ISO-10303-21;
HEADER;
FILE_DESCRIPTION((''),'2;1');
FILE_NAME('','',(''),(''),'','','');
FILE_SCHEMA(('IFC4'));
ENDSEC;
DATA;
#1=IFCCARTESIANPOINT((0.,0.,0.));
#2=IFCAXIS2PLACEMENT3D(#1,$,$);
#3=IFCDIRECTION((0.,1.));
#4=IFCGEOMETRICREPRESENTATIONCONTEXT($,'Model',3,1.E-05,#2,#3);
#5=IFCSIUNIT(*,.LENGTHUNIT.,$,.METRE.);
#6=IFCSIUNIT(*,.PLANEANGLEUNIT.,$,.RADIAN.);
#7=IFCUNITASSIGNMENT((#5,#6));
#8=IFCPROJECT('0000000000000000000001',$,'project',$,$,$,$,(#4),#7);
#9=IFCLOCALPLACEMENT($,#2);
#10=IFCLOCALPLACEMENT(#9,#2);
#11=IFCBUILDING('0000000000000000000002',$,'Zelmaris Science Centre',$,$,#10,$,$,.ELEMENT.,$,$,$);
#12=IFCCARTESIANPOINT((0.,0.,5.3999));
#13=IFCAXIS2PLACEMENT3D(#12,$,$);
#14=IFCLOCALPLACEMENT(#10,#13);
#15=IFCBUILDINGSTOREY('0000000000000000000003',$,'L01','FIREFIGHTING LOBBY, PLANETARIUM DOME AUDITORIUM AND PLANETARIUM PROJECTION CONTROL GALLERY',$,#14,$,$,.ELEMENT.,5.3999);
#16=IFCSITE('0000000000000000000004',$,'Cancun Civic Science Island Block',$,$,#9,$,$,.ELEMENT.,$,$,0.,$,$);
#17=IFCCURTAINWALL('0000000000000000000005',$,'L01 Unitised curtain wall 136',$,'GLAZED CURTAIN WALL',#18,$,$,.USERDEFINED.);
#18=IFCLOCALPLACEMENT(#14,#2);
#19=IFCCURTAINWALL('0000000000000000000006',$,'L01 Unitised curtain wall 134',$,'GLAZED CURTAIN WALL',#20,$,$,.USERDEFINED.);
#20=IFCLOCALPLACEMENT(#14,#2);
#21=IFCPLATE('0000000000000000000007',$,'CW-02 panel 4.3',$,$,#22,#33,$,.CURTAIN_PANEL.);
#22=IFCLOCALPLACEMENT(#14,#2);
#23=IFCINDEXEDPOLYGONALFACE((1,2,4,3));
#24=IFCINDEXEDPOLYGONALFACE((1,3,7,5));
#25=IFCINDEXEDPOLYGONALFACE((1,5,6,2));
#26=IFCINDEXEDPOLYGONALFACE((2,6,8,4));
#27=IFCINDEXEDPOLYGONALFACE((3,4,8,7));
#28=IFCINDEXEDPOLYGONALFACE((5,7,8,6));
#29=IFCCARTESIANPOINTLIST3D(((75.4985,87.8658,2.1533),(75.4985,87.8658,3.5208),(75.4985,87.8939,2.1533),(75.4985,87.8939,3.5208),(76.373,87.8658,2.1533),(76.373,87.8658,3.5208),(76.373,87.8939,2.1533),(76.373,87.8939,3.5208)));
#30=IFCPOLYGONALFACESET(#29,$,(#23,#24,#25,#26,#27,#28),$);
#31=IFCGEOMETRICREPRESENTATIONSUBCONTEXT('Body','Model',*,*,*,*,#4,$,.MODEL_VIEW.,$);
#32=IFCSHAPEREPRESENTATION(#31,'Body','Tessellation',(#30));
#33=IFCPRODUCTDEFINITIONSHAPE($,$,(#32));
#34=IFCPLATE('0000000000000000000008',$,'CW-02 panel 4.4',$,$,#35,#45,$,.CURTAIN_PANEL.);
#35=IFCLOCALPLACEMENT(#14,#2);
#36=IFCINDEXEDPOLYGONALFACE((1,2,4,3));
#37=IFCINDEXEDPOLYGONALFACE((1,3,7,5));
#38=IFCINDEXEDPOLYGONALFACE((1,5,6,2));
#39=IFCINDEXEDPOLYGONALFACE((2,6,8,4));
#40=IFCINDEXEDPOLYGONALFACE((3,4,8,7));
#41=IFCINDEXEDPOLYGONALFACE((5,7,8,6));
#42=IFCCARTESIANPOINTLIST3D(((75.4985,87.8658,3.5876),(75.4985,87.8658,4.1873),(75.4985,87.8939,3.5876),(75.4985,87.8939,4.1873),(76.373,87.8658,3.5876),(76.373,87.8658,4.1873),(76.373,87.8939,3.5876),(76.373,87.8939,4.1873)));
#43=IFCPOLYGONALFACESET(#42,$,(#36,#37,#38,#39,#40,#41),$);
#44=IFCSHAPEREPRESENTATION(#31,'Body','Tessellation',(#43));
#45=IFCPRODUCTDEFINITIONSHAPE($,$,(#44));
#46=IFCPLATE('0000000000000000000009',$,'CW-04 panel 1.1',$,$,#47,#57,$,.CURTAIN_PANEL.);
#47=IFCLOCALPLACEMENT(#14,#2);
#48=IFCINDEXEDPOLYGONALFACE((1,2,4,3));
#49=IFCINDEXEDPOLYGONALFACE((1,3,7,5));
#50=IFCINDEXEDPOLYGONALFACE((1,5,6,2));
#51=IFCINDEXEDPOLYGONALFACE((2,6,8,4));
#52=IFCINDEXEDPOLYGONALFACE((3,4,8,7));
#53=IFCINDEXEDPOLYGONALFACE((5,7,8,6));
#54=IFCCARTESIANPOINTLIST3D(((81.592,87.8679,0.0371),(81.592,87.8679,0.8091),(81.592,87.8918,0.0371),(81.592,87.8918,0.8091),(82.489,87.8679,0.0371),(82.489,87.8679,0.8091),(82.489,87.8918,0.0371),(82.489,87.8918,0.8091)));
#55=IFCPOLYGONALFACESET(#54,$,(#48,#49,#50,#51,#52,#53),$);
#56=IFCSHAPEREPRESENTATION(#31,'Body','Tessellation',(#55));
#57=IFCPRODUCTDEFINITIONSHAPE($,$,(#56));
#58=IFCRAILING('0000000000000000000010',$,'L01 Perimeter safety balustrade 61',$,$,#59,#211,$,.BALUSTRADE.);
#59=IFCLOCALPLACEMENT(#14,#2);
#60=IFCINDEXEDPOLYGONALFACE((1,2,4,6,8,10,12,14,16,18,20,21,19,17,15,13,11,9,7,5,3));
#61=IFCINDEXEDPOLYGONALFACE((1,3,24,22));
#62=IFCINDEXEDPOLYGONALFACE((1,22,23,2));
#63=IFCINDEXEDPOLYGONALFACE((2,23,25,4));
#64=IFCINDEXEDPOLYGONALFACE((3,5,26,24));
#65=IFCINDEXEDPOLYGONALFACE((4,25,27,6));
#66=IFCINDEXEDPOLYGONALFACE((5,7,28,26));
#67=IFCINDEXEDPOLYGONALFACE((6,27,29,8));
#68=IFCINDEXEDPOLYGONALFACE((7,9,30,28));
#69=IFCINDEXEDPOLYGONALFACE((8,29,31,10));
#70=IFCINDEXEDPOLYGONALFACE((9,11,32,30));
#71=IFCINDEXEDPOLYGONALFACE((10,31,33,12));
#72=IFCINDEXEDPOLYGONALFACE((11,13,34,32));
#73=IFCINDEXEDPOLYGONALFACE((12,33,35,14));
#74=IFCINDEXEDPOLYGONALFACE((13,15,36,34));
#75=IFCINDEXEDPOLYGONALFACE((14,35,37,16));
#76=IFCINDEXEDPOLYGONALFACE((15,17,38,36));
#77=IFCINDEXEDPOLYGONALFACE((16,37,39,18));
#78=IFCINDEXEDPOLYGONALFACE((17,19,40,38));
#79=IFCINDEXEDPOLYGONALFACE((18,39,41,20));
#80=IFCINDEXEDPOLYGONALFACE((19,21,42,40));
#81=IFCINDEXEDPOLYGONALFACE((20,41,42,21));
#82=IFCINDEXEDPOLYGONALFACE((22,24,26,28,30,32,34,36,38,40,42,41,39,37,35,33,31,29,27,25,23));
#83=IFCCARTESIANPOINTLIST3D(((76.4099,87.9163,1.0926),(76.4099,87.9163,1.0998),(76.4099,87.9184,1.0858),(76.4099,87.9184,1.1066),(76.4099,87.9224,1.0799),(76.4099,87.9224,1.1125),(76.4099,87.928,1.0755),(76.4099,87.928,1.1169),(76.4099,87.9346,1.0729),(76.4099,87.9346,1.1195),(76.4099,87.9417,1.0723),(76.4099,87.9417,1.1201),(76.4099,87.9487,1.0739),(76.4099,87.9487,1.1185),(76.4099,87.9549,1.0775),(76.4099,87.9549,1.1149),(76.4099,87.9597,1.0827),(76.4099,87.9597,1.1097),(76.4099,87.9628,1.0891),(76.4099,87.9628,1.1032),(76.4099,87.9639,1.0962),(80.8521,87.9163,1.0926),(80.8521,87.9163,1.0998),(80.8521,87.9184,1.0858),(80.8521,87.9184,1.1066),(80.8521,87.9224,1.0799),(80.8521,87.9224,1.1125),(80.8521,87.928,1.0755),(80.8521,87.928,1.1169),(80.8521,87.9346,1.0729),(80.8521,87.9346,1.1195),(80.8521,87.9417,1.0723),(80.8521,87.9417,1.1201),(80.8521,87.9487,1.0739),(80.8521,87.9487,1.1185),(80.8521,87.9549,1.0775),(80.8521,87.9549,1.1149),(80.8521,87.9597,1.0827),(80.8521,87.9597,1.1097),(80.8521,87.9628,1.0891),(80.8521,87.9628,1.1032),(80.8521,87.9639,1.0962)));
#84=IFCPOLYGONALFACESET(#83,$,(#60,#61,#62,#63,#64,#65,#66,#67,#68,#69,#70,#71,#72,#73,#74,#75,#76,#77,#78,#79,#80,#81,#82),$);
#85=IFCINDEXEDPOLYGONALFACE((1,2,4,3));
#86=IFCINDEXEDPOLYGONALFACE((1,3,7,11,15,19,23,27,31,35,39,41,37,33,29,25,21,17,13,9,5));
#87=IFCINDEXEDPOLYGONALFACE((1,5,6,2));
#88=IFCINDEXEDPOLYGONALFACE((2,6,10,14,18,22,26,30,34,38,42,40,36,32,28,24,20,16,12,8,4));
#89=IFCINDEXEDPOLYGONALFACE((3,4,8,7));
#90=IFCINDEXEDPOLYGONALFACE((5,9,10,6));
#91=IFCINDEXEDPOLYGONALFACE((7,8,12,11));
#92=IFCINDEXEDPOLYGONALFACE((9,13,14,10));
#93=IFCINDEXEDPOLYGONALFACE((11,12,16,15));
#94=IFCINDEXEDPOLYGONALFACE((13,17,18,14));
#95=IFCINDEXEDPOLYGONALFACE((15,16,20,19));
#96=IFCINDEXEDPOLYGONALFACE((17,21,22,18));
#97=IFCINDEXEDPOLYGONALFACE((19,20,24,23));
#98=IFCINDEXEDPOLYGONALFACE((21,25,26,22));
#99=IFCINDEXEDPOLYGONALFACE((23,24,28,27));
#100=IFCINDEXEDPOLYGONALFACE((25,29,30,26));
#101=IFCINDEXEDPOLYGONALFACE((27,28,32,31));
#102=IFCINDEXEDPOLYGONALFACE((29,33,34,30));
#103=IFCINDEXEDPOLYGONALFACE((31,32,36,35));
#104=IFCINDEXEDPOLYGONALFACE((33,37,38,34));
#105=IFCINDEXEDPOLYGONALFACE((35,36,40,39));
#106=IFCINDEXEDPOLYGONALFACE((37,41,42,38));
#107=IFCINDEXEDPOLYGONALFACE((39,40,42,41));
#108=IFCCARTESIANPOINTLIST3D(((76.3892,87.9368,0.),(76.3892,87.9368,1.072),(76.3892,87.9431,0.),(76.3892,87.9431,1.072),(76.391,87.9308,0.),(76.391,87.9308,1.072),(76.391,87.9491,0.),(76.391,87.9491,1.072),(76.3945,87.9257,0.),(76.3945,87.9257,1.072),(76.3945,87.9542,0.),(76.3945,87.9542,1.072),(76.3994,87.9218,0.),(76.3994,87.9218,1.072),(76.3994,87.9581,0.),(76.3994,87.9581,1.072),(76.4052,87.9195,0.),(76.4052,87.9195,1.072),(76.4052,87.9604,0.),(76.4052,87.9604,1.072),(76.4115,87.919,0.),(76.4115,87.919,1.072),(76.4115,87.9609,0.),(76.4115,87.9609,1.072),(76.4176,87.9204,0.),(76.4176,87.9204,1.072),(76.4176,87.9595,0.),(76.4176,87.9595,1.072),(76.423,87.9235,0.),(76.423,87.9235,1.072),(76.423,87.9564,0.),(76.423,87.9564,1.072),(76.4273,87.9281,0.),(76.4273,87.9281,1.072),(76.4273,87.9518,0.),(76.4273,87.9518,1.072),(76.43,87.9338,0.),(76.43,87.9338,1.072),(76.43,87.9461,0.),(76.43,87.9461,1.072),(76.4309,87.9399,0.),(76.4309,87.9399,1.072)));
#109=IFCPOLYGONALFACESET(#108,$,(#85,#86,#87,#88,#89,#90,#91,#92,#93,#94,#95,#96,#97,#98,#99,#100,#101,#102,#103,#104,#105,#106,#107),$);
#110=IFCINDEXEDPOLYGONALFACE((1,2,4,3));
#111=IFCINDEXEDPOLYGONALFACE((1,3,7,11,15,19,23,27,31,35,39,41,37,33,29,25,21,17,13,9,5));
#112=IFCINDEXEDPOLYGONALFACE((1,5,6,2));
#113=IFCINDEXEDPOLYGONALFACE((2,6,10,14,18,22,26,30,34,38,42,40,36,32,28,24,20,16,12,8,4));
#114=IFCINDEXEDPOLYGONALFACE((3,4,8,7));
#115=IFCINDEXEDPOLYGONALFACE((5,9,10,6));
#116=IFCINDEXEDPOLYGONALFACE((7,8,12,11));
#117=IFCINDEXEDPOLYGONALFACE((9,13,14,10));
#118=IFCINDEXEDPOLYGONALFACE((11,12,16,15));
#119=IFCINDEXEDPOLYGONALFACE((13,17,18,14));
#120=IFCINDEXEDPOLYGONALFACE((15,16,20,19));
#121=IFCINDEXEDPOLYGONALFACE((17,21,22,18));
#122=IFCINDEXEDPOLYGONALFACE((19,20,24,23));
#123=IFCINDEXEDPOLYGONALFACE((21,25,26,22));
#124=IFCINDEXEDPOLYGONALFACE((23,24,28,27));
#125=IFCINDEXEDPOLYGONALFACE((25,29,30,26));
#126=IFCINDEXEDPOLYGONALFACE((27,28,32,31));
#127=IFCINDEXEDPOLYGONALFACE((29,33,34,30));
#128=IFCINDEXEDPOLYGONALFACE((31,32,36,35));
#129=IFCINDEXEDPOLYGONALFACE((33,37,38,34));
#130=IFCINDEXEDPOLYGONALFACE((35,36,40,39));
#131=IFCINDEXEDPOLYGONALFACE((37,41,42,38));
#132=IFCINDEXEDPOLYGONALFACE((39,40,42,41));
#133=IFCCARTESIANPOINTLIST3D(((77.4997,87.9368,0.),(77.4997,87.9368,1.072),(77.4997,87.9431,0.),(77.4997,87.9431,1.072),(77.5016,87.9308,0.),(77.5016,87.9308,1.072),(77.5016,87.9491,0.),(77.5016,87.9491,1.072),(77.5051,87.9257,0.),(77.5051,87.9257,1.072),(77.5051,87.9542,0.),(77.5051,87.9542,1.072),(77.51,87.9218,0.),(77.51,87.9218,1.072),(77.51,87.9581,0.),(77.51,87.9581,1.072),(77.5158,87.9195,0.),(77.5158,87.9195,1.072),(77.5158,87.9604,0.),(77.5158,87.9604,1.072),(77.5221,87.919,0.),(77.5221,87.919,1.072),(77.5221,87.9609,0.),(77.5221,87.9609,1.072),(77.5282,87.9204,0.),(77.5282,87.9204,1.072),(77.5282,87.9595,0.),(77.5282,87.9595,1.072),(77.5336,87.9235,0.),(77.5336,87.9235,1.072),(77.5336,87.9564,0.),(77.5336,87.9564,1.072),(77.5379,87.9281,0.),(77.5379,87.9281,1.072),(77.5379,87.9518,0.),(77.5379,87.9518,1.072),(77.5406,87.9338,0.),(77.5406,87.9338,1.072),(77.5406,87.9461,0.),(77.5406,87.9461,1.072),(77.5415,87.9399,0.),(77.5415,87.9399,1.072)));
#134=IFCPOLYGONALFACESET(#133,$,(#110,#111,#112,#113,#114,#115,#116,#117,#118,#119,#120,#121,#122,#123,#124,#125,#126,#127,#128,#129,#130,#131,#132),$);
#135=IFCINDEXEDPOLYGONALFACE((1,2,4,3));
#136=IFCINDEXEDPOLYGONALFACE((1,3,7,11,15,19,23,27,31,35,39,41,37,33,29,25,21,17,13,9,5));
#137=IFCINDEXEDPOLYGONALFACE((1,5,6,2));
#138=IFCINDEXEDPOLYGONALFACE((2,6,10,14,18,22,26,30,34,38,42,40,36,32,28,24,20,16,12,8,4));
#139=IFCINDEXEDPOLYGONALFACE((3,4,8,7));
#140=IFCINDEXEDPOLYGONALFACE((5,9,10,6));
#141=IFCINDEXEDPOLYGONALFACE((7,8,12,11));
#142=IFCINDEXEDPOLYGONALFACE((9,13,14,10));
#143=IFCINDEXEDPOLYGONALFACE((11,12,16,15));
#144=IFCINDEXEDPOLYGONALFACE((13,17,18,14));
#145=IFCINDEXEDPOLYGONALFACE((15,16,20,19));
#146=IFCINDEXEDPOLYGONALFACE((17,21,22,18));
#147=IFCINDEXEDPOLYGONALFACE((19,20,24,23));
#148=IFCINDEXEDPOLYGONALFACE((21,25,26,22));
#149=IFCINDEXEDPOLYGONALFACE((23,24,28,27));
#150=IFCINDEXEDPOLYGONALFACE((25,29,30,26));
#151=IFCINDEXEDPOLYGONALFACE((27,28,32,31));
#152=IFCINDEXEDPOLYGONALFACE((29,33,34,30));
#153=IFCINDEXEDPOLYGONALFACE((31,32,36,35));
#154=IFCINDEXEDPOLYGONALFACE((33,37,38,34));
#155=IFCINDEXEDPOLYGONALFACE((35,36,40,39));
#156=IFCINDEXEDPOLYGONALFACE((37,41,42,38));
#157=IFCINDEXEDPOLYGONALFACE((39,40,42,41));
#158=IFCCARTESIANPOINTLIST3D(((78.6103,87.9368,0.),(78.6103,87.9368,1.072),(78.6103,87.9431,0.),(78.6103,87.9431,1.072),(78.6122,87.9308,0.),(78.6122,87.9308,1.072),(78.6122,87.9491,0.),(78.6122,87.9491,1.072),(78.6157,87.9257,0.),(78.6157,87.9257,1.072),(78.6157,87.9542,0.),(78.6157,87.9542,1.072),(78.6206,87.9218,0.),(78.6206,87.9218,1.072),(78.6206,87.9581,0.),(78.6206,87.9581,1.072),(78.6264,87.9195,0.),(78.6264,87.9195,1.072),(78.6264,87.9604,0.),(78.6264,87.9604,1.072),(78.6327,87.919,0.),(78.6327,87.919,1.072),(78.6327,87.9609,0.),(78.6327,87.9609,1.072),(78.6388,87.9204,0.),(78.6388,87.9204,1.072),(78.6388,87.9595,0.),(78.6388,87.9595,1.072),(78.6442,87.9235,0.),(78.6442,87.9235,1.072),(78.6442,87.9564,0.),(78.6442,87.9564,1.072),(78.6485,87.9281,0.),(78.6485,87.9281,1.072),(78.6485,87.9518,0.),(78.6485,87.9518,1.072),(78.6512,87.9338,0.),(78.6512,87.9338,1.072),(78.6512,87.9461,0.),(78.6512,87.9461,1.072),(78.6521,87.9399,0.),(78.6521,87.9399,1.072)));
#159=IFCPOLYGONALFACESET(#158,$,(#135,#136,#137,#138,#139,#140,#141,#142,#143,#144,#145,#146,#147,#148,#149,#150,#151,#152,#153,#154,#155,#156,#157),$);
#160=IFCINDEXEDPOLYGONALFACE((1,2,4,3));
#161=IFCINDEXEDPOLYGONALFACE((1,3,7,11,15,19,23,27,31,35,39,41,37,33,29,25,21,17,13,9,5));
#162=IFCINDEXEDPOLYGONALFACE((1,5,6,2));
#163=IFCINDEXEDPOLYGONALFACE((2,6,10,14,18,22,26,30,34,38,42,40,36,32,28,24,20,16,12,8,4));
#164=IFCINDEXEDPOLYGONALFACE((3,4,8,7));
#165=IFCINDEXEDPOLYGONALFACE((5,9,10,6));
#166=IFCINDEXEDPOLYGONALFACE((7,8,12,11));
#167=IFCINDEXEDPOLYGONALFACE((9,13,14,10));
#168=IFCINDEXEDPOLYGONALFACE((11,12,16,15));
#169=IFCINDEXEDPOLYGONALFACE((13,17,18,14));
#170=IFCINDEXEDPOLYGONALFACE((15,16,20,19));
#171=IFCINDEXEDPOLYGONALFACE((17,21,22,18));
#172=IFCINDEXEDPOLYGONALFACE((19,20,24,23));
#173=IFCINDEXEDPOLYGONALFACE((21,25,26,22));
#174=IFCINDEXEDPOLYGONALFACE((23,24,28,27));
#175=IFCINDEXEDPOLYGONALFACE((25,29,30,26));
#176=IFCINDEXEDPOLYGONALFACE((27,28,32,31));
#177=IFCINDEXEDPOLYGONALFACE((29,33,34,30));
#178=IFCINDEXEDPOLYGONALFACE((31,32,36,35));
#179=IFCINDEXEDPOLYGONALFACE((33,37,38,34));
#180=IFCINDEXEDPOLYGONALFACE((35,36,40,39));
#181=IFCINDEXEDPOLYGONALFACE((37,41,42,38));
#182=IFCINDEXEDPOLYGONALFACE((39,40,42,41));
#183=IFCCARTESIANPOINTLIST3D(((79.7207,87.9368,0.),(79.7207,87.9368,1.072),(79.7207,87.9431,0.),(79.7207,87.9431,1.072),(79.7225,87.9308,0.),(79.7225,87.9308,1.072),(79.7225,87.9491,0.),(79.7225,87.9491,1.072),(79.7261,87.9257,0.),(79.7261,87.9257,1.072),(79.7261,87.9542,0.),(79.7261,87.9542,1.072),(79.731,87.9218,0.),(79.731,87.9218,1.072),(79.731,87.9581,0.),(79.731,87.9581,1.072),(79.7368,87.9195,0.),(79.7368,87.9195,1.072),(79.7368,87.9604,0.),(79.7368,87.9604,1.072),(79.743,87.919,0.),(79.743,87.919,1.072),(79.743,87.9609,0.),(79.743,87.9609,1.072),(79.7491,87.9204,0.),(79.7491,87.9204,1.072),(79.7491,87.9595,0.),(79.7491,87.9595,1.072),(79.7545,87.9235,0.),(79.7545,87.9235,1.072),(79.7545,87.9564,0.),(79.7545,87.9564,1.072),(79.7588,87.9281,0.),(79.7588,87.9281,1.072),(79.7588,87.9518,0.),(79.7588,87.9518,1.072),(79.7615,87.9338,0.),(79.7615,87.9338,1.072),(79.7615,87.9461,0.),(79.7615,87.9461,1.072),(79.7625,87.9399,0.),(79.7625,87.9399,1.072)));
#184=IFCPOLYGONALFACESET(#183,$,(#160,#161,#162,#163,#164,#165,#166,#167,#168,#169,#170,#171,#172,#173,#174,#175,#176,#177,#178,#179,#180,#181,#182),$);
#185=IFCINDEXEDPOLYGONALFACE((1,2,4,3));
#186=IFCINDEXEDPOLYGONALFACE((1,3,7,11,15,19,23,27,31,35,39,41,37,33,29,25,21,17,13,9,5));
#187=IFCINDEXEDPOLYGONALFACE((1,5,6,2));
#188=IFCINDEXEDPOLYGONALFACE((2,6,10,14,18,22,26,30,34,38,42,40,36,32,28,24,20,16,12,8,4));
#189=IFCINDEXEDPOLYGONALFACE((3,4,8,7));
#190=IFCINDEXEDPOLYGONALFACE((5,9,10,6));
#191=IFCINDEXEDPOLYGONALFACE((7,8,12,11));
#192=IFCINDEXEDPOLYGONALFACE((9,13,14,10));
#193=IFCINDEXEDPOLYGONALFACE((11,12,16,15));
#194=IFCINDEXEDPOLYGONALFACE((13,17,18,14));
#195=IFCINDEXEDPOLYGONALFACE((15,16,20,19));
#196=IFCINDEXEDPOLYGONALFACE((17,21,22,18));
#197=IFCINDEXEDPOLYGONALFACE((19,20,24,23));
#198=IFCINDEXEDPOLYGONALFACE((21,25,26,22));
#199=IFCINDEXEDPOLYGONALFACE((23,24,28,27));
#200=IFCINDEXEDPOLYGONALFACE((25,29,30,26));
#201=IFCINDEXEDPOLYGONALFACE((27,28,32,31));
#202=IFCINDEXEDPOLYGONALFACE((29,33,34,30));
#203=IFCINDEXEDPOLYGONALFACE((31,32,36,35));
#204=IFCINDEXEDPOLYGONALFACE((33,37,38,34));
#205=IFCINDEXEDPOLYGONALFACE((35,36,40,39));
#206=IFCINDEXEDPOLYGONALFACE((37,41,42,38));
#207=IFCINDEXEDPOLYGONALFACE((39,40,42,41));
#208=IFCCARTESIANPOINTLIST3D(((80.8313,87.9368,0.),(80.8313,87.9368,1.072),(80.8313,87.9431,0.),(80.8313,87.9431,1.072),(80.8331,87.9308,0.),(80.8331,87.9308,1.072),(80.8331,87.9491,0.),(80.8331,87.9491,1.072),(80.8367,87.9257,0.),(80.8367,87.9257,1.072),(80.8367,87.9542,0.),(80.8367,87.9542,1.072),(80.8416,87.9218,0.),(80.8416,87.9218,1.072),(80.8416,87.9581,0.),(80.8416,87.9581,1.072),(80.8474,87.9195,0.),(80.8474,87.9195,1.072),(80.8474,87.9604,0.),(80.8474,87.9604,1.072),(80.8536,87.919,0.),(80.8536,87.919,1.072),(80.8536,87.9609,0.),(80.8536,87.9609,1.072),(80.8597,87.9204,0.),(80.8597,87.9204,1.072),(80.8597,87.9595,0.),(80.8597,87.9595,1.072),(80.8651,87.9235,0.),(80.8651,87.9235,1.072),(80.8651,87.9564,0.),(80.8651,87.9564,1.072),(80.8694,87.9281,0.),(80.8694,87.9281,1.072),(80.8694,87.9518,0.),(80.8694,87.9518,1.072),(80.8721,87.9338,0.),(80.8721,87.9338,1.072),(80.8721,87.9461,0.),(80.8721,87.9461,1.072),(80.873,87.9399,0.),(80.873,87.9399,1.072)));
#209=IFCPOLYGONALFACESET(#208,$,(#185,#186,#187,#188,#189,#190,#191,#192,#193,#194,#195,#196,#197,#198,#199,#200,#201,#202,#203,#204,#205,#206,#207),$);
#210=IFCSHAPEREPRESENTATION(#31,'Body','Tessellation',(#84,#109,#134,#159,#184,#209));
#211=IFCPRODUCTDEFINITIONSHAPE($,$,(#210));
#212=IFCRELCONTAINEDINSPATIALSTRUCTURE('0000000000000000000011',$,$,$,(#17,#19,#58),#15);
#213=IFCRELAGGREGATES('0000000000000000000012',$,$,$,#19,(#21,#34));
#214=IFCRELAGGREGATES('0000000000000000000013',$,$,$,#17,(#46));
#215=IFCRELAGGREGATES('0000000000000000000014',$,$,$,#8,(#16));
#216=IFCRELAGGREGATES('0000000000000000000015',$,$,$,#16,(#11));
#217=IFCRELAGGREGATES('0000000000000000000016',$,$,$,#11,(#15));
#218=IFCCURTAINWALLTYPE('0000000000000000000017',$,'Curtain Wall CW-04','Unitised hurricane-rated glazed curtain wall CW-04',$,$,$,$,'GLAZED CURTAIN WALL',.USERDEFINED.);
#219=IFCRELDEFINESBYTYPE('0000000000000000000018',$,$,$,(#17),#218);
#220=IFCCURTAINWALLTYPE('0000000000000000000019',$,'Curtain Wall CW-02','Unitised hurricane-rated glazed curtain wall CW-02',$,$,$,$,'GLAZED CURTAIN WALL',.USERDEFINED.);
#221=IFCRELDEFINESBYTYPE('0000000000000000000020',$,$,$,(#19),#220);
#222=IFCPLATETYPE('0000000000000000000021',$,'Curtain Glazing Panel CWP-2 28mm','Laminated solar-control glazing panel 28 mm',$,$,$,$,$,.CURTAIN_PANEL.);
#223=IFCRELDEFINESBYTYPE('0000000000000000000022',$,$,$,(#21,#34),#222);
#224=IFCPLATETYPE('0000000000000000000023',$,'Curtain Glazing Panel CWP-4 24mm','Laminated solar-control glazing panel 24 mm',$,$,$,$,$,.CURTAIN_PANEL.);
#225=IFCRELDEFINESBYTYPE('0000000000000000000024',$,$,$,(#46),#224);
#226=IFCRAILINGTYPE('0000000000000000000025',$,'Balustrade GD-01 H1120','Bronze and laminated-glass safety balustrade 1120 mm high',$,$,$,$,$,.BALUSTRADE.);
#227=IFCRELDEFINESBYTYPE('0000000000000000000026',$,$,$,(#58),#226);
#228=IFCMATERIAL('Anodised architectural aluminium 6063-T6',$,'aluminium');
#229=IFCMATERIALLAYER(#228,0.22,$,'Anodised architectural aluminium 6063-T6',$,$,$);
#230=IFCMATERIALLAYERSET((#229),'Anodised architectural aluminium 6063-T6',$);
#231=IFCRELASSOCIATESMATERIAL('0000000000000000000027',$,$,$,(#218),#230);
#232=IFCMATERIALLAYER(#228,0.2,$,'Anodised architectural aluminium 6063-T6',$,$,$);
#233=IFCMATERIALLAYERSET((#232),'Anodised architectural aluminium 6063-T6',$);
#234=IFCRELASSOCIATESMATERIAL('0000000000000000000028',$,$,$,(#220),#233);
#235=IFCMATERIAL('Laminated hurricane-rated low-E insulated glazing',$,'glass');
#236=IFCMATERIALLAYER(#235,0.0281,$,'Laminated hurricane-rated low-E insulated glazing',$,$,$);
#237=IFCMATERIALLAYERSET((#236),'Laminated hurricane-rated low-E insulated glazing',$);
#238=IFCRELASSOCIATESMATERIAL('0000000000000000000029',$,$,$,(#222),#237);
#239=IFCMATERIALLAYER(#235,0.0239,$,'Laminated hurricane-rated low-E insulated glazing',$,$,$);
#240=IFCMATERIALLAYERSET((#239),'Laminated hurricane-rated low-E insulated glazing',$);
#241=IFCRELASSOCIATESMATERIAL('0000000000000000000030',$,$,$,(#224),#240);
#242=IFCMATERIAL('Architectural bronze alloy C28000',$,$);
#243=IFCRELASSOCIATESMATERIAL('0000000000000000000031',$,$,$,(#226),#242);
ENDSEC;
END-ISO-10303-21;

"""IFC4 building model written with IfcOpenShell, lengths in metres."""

from ifc_helpers import new_model, si_unit, direction, frame, origin, origin_2d, place, context, subcontext, project, spatial, rectangle, circle, extrude, material, layer, layer_set, type_object, element, aggregate, save


model = new_model("IFC4")

# Units and contexts
model_context = context("Model", 3, precision=1e-05, world=origin(), true_north=direction((0.0, 1.0)))
body_context = subcontext(model_context, "Body", "Model", "MODEL_VIEW")
ifc_project = project(units=[si_unit("LENGTHUNIT", "METRE"), si_unit("PLANEANGLEUNIT", "RADIAN")], contexts=[model_context])

# Site, building, storey
site_placement = place(None, origin())
site = spatial("IfcSite", under=ifc_project, at=site_placement, Name="Cancun Civic Science Island Block", CompositionType="ELEMENT", RefElevation=0.0)
building_placement = place(site_placement, origin())
building = spatial("IfcBuilding", under=site, at=building_placement, Name="Zelmaris Science Centre", CompositionType="ELEMENT")
storey_placement = place(building_placement, frame((0.0, 0.0, 5.3999)))
storey = spatial("IfcBuildingStorey", under=building, at=storey_placement, Name="L01", Description="FIREFIGHTING LOBBY, PLANETARIUM DOME AUDITORIUM AND PLANETARIUM PROJECTION CONTROL GALLERY", CompositionType="ELEMENT", Elevation=5.3999)

# Curtain wall
ifc_material_1 = material(Name="Anodised architectural aluminium 6063-T6", Category="aluminium")
ifc_layer_1 = layer(ifc_material_1, 0.22, Name="Anodised architectural aluminium 6063-T6")
ifc_layer_set_1 = layer_set([ifc_layer_1], Name="Anodised architectural aluminium 6063-T6")
curtain_wall_type_1 = type_object("IfcCurtainWallType", Name="Curtain Wall CW-04", Description="Unitised hurricane-rated glazed curtain wall CW-04", ElementType="GLAZED CURTAIN WALL", PredefinedType="USERDEFINED", material=ifc_layer_set_1)
curtain_wall_1_placement = place(storey_placement, origin())
curtain_wall_1 = element("IfcCurtainWall", 1, at=curtain_wall_1_placement, inside=storey, type_object=curtain_wall_type_1, Name="L01 Unitised curtain wall 136", ObjectType="GLAZED CURTAIN WALL", PredefinedType="USERDEFINED")

# Curtain wall
ifc_layer_2 = layer(ifc_material_1, 0.2, Name="Anodised architectural aluminium 6063-T6")
ifc_layer_set_2 = layer_set([ifc_layer_2], Name="Anodised architectural aluminium 6063-T6")
curtain_wall_type_2 = type_object("IfcCurtainWallType", Name="Curtain Wall CW-02", Description="Unitised hurricane-rated glazed curtain wall CW-02", ElementType="GLAZED CURTAIN WALL", PredefinedType="USERDEFINED", material=ifc_layer_set_2)
curtain_wall_2_placement = place(storey_placement, origin())
curtain_wall_2 = element("IfcCurtainWall", 2, at=curtain_wall_2_placement, inside=storey, type_object=curtain_wall_type_2, Name="L01 Unitised curtain wall 134", ObjectType="GLAZED CURTAIN WALL", PredefinedType="USERDEFINED")

# Plates
ifc_material_2 = material(Name="Laminated hurricane-rated low-E insulated glazing", Category="glass")
ifc_layer_3 = layer(ifc_material_2, 0.0281, Name="Laminated hurricane-rated low-E insulated glazing")
ifc_layer_set_3 = layer_set([ifc_layer_3], Name="Laminated hurricane-rated low-E insulated glazing")
plate_type_1 = type_object("IfcPlateType", Name="Curtain Glazing Panel CWP-2 28mm", Description="Laminated solar-control glazing panel 28 mm", PredefinedType="CURTAIN_PANEL", material=ifc_layer_set_3)
plate_1_placement = place(storey_placement, frame((75.9358, 87.8799, 2.1533), z_axis=(0.0, 0.0, 1.0), x_axis=(1.0, 0.0, 0.0)))
plate_1 = element("IfcPlate", 3, at=plate_1_placement, type_object=plate_type_1, Name="CW-02 panel 4.3", PredefinedType="CURTAIN_PANEL", context=body_context, shape_type="SweptSolid", body=[
    extrude(rectangle(XDim=0.8745, YDim=0.0281, at=origin_2d()), origin(), (0.0, 0.0, 1.0), 1.3674),
])
plate_2_placement = place(storey_placement, frame((75.9358, 87.8799, 3.5876), z_axis=(0.0, 0.0, 1.0), x_axis=(1.0, 0.0, 0.0)))
plate_2 = element("IfcPlate", 4, at=plate_2_placement, type_object=plate_type_1, Name="CW-02 panel 4.4", PredefinedType="CURTAIN_PANEL", context=body_context, shape_type="SweptSolid", body=[
    extrude(rectangle(XDim=0.8745, YDim=0.0281, at=origin_2d()), origin(), (0.0, 0.0, 1.0), 0.5996),
])
aggregate(curtain_wall_2, [plate_1, plate_2])
ifc_layer_4 = layer(ifc_material_2, 0.0239, Name="Laminated hurricane-rated low-E insulated glazing")
ifc_layer_set_4 = layer_set([ifc_layer_4], Name="Laminated hurricane-rated low-E insulated glazing")
plate_type_2 = type_object("IfcPlateType", Name="Curtain Glazing Panel CWP-4 24mm", Description="Laminated solar-control glazing panel 24 mm", PredefinedType="CURTAIN_PANEL", material=ifc_layer_set_4)
plate_3_placement = place(storey_placement, frame((82.0405, 87.8799, 0.0371), z_axis=(0.0, 0.0, 1.0), x_axis=(1.0, 0.0, 0.0)))
plate_3 = element("IfcPlate", 5, at=plate_3_placement, type_object=plate_type_2, Name="CW-04 panel 1.1", PredefinedType="CURTAIN_PANEL", context=body_context, shape_type="SweptSolid", body=[
    extrude(rectangle(XDim=0.897, YDim=0.0239, at=origin_2d()), origin(), (0.0, 0.0, 1.0), 0.772),
])
aggregate(curtain_wall_1, [plate_3])

# Railing
ifc_material_3 = material(Name="Architectural bronze alloy C28000")
railing_type = type_object("IfcRailingType", Name="Balustrade GD-01 H1120", Description="Bronze and laminated-glass safety balustrade 1120 mm high", PredefinedType="BALUSTRADE", material=ifc_material_3)
railing_1_placement = place(storey_placement, frame((76.4099, 87.9399, 0.0)))
element("IfcRailing", 6, at=railing_1_placement, inside=storey, type_object=railing_type, Name="L01 Perimeter safety balustrade 61", PredefinedType="BALUSTRADE", context=body_context, shape_type="SweptSolid", body=[
    extrude(circle(Radius=0.0239, at=origin_2d()), frame((0.0, 0.0, 1.0962), z_axis=(1.0, 0.0, 0.0), x_axis=(0.0, 1.0, 0.0)), (0.0, 0.0, 1.0), 4.4421),
    extrude(circle(Radius=0.021, at=origin_2d()), origin(), (0.0, 0.0, 1.0), 1.072),
    extrude(circle(Radius=0.021, at=origin_2d()), frame((1.1106, 0.0, 0.0)), (0.0, 0.0, 1.0), 1.072),
    extrude(circle(Radius=0.021, at=origin_2d()), frame((2.2212, 0.0, 0.0)), (0.0, 0.0, 1.0), 1.072),
    extrude(circle(Radius=0.021, at=origin_2d()), frame((3.3315, 0.0, 0.0)), (0.0, 0.0, 1.0), 1.072),
    extrude(circle(Radius=0.021, at=origin_2d()), frame((4.4421, 0.0, 0.0)), (0.0, 0.0, 1.0), 1.072),
])

save(model, "model.ifc")
